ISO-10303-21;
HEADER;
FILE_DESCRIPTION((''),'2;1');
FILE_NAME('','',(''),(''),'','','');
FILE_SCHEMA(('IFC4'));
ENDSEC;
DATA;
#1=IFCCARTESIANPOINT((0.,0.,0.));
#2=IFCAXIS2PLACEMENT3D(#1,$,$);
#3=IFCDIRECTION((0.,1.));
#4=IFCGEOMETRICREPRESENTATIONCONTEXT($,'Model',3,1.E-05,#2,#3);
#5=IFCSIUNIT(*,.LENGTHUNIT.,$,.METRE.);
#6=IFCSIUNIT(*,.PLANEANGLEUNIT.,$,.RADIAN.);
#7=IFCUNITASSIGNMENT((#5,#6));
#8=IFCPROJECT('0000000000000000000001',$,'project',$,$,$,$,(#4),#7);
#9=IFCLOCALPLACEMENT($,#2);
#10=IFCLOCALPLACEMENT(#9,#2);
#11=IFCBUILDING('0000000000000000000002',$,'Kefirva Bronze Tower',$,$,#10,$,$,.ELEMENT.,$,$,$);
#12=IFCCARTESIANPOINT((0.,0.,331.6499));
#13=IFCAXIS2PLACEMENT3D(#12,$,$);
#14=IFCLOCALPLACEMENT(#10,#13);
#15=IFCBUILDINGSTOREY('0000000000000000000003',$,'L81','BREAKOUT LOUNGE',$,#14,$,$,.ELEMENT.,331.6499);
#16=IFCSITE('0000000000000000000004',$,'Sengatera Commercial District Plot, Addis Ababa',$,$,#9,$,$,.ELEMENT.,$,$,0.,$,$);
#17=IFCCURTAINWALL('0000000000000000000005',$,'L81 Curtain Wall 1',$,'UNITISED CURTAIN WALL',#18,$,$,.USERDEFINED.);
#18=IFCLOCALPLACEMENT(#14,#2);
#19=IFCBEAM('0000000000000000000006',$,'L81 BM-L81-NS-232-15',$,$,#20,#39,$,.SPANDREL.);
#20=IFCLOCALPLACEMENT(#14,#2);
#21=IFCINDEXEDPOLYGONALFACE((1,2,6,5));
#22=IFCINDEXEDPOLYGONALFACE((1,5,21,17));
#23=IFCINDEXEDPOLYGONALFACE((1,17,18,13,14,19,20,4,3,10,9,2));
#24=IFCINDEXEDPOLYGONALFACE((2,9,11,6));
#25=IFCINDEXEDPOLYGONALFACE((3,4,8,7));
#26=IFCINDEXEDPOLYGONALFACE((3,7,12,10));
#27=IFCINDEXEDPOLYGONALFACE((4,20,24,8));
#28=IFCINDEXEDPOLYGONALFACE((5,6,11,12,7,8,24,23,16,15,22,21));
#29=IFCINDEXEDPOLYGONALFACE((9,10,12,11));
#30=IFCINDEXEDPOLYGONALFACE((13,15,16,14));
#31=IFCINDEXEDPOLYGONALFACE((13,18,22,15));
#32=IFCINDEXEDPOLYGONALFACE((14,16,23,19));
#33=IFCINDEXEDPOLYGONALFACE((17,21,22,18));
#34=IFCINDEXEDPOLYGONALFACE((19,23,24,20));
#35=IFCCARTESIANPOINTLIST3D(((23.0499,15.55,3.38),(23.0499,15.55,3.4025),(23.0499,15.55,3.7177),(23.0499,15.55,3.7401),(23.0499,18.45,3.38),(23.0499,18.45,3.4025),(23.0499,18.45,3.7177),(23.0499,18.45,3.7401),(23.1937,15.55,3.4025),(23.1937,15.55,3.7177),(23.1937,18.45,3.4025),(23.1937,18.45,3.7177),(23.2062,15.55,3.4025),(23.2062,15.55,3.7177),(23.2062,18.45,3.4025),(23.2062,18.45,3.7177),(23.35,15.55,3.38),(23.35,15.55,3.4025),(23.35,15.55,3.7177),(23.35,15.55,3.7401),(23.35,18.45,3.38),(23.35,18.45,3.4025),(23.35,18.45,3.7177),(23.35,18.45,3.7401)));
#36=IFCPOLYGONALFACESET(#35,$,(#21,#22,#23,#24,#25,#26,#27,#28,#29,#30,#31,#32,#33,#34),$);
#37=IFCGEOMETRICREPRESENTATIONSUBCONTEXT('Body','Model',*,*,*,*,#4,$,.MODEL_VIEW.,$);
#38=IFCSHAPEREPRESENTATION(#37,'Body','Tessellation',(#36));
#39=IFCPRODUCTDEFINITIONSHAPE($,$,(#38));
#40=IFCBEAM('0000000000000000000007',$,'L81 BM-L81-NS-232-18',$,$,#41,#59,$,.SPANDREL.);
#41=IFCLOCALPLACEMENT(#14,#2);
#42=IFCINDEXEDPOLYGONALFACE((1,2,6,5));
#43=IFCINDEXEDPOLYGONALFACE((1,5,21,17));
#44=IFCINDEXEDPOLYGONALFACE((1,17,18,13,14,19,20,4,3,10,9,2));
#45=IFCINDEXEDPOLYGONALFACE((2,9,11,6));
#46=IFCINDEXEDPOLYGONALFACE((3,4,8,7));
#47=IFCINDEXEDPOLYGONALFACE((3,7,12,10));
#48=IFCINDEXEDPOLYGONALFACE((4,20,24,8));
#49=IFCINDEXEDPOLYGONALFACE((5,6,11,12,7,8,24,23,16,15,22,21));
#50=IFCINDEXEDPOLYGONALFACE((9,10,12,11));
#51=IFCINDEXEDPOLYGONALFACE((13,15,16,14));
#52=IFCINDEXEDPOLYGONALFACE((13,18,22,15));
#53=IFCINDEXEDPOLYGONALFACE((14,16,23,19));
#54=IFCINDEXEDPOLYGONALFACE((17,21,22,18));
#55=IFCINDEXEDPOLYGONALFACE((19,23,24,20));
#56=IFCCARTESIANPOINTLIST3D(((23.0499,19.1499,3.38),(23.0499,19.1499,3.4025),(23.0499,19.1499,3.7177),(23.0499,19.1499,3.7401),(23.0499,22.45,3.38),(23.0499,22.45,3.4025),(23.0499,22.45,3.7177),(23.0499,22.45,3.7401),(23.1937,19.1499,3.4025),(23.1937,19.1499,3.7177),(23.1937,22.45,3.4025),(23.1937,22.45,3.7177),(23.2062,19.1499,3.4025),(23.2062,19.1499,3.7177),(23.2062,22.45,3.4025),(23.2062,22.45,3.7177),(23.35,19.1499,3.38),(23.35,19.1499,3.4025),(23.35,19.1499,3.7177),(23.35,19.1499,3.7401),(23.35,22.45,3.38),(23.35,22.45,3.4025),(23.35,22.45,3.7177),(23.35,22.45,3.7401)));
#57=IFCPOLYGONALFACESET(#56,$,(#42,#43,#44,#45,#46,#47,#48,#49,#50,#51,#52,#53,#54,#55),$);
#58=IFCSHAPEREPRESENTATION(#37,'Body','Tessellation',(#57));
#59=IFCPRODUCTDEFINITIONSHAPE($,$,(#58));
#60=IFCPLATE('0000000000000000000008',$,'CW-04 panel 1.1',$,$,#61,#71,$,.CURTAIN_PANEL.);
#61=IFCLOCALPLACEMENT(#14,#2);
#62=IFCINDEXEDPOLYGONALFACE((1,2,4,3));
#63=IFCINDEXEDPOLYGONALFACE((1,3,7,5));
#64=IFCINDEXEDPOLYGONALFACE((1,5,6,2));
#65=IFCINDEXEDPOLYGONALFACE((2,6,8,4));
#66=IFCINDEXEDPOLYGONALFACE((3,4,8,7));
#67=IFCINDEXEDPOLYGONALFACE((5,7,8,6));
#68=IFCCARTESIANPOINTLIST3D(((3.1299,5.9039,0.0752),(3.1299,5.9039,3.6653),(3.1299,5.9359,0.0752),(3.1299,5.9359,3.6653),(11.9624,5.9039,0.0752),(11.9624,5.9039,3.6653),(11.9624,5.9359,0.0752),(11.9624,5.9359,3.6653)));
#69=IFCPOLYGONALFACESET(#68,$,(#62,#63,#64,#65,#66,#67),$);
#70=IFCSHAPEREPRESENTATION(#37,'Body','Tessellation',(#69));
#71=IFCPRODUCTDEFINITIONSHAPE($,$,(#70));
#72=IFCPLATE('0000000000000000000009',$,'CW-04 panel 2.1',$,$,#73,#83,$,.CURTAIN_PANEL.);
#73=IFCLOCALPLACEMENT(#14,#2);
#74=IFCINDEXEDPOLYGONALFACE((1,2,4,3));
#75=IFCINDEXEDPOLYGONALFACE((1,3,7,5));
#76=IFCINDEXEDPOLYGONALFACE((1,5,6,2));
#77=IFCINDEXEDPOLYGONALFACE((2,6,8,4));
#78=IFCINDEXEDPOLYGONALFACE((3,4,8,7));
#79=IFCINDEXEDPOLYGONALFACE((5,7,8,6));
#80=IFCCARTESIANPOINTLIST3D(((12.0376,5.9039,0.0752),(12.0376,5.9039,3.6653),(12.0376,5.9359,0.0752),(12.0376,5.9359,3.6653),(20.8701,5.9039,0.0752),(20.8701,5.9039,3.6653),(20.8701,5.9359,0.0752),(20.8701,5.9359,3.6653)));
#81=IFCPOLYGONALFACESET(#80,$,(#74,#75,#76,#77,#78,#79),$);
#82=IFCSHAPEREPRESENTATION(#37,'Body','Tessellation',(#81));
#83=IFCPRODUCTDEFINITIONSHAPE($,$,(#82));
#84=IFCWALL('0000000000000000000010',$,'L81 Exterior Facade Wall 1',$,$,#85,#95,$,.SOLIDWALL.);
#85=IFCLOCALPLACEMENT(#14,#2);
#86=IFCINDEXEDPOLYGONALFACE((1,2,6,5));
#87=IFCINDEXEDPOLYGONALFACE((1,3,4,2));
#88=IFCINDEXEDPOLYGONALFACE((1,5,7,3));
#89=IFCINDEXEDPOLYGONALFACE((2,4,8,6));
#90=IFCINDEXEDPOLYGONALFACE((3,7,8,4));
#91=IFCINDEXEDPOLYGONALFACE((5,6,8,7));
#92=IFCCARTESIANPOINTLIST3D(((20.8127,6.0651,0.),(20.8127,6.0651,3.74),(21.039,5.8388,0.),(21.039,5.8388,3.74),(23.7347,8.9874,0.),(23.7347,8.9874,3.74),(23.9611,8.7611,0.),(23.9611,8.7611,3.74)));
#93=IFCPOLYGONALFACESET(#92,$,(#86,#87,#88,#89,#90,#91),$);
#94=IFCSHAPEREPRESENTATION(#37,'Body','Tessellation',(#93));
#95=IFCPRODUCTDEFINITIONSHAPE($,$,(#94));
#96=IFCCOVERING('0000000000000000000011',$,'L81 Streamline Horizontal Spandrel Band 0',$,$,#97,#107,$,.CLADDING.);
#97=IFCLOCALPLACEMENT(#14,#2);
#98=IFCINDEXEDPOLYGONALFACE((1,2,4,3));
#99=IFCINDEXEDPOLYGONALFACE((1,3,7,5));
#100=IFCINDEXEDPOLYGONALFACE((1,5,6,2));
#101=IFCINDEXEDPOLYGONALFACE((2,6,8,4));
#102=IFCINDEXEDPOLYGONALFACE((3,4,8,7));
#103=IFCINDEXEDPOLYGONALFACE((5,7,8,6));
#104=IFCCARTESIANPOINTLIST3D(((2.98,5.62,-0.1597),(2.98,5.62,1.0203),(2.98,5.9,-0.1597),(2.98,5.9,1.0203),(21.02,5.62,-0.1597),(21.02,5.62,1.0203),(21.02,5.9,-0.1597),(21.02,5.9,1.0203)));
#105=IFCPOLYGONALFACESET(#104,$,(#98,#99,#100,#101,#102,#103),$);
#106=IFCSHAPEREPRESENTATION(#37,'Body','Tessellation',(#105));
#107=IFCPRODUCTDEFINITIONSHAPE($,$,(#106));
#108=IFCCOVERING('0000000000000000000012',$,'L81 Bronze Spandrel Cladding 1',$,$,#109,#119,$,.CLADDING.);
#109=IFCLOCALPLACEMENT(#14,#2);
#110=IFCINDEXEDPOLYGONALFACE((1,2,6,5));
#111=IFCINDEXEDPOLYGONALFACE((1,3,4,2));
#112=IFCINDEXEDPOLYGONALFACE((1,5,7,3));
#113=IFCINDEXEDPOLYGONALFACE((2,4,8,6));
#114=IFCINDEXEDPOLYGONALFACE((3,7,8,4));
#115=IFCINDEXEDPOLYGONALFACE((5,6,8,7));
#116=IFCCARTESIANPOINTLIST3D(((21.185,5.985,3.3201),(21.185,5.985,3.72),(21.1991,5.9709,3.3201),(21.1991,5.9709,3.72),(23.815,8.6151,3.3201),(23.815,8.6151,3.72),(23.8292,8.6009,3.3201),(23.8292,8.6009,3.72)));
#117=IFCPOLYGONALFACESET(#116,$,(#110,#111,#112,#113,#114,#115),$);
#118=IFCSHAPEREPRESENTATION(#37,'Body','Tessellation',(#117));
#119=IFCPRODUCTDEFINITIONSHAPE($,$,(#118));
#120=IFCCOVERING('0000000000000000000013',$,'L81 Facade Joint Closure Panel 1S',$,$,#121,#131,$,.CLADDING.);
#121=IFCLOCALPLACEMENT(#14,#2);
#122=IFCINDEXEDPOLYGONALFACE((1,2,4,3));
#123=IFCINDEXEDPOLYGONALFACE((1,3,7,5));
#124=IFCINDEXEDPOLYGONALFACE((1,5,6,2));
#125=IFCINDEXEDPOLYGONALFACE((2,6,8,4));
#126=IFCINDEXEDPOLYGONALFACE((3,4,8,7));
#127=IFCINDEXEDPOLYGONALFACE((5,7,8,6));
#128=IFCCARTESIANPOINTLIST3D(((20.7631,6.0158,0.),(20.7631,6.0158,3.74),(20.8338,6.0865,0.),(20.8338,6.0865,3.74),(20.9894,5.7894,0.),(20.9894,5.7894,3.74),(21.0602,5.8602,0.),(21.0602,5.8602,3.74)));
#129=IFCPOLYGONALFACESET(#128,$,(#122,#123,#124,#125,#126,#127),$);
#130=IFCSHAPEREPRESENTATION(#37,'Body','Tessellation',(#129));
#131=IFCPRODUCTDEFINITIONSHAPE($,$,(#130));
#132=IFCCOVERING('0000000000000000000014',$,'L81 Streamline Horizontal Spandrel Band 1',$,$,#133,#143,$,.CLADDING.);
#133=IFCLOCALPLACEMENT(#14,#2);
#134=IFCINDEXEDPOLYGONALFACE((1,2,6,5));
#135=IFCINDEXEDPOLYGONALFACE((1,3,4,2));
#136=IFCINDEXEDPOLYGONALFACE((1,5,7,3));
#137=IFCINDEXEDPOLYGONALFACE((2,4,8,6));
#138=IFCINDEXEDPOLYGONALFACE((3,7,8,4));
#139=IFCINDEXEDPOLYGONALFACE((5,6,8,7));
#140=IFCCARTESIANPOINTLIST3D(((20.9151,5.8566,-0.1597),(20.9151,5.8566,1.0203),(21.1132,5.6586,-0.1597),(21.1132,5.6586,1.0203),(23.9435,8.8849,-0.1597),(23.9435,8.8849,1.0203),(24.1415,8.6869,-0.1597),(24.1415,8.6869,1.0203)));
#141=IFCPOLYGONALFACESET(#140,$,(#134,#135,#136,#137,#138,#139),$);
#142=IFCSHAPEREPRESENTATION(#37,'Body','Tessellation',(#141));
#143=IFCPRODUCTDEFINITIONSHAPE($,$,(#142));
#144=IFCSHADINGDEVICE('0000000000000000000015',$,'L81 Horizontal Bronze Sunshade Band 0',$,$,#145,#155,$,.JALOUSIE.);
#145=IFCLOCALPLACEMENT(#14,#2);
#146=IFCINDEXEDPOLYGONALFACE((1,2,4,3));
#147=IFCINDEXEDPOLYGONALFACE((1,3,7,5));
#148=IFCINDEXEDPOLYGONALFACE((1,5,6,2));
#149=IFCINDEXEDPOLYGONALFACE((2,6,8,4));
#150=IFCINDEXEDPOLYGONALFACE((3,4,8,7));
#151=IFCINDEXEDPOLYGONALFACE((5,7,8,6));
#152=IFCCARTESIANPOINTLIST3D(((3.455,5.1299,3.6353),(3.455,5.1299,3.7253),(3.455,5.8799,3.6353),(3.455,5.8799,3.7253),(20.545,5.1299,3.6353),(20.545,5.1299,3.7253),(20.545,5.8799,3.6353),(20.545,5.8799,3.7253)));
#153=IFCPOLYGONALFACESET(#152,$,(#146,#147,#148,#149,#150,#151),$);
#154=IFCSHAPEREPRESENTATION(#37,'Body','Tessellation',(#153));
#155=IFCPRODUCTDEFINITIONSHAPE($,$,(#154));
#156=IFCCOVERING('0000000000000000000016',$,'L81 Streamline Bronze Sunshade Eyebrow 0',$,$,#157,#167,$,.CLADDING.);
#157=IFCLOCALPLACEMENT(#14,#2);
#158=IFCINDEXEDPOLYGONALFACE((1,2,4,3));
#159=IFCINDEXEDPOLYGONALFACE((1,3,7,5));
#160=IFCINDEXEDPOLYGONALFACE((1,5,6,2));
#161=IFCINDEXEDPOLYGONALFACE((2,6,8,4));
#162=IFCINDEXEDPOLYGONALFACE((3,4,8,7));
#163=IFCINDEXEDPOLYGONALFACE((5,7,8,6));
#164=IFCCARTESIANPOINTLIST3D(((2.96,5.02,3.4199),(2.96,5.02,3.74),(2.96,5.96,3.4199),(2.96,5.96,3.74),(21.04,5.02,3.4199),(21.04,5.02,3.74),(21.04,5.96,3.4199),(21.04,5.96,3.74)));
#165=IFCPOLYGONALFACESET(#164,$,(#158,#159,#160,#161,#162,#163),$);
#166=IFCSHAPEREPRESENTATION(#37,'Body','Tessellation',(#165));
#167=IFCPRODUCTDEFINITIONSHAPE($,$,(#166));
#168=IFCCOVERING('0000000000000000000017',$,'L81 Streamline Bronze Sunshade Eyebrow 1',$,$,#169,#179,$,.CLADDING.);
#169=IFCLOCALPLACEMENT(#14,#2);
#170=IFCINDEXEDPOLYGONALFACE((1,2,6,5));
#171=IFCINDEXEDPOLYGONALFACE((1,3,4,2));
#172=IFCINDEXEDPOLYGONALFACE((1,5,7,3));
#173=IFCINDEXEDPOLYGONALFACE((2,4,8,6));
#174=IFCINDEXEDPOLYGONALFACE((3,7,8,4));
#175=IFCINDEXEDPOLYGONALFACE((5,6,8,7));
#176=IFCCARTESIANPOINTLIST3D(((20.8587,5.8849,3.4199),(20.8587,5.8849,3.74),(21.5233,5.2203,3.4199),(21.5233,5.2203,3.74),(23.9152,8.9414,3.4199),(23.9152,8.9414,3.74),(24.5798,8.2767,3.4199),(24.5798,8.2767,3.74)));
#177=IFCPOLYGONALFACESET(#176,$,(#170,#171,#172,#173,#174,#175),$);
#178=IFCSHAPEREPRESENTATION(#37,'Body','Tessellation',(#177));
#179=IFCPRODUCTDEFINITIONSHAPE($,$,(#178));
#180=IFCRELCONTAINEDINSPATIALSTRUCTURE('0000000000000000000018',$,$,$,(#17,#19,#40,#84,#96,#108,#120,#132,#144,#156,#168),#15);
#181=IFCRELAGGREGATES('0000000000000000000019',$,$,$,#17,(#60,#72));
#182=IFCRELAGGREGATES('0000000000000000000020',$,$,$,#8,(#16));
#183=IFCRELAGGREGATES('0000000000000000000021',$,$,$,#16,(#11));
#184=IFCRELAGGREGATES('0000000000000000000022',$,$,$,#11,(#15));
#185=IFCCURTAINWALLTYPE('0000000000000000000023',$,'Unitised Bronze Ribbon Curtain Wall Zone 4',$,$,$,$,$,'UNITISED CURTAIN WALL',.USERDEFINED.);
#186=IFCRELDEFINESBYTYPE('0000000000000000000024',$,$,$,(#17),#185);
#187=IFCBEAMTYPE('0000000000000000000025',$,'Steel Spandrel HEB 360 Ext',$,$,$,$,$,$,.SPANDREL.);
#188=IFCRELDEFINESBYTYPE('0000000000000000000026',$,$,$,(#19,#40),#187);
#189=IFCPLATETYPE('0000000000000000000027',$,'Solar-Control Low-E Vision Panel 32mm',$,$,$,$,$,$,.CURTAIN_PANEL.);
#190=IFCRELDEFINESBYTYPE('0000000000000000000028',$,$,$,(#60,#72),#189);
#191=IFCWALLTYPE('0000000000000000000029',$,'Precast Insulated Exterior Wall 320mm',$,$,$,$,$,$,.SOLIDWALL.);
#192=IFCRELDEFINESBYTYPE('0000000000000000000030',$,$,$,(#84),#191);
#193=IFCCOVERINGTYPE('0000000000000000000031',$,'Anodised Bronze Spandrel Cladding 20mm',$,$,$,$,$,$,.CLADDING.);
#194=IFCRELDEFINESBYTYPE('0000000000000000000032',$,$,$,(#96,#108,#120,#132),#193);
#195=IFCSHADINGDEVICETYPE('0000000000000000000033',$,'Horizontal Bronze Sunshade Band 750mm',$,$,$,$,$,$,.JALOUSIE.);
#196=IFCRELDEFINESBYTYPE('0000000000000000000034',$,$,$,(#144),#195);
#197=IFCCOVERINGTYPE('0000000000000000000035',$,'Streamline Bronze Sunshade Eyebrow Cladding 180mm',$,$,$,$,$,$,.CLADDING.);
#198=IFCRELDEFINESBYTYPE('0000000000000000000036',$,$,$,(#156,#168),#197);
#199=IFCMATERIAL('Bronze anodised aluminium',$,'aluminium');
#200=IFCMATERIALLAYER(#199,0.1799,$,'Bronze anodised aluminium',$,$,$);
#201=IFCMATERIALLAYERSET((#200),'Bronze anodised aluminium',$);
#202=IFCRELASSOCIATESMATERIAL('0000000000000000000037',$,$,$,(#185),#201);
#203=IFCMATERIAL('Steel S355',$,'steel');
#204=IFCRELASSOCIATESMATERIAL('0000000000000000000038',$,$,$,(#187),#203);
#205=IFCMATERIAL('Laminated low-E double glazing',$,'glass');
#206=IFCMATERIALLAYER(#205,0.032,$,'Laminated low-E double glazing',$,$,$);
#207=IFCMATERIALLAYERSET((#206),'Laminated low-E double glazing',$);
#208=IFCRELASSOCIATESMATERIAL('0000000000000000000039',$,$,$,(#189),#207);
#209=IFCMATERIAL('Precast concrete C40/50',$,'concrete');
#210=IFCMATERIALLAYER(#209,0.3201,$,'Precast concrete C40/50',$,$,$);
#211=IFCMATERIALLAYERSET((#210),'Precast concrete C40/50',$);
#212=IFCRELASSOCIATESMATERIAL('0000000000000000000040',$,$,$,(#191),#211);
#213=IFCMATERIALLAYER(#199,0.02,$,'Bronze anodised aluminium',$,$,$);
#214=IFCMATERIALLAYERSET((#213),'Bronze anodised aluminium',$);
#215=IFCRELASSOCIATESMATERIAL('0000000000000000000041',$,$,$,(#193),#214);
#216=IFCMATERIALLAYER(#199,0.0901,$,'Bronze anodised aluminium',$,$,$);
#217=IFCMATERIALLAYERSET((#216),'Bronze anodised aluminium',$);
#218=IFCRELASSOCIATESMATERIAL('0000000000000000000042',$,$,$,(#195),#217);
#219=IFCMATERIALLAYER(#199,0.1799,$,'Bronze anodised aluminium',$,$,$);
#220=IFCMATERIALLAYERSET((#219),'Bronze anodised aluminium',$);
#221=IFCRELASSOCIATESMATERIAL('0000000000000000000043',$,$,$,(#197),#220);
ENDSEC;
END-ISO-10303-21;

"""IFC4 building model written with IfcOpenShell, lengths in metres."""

from ifc_helpers import new_model, si_unit, direction, frame, frame_2d, origin, origin_2d, place, context, subcontext, project, spatial, rectangle, i_section, extrude, material, layer, layer_set, material_profile, profile_set, type_object, element, aggregate, save


model = new_model("IFC4")

# Units and contexts
model_context = context("Model", 3, precision=1e-05, world=origin(), true_north=direction((0.0, 1.0)))
body_context = subcontext(model_context, "Body", "Model", "MODEL_VIEW")
ifc_project = project(units=[si_unit("LENGTHUNIT", "METRE"), si_unit("PLANEANGLEUNIT", "RADIAN")], contexts=[model_context])

# Site, building, storey
site_placement = place(None, origin())
site = spatial("IfcSite", under=ifc_project, at=site_placement, Name="Sengatera Commercial District Plot, Addis Ababa", CompositionType="ELEMENT", RefElevation=0.0)
building_placement = place(site_placement, origin())
building = spatial("IfcBuilding", under=site, at=building_placement, Name="Kefirva Bronze Tower", CompositionType="ELEMENT")
storey_placement = place(building_placement, frame((0.0, 0.0, 331.6499)))
storey = spatial("IfcBuildingStorey", under=building, at=storey_placement, Name="L81", Description="BREAKOUT LOUNGE", CompositionType="ELEMENT", Elevation=331.6499)

# Curtain wall
ifc_material_1 = material(Name="Bronze anodised aluminium", Category="aluminium")
ifc_layer_1 = layer(ifc_material_1, 0.1799, Name="Bronze anodised aluminium")
ifc_layer_set_1 = layer_set([ifc_layer_1], Name="Bronze anodised aluminium")
curtain_wall_type = type_object("IfcCurtainWallType", Name="Unitised Bronze Ribbon Curtain Wall Zone 4", ElementType="UNITISED CURTAIN WALL", PredefinedType="USERDEFINED", material=ifc_layer_set_1)
curtain_wall_placement = place(storey_placement, origin())
curtain_wall = element("IfcCurtainWall", 1, at=curtain_wall_placement, inside=storey, type_object=curtain_wall_type, Name="L81 Curtain Wall 1", ObjectType="UNITISED CURTAIN WALL", PredefinedType="USERDEFINED")

# Beams
ifc_material_2 = material(Name="Steel S355", Category="steel")
ifc_material_profile_1 = material_profile(ifc_material_2, i_section(OverallWidth=0.3, OverallDepth=0.3601, WebThickness=0.0125, FlangeThickness=0.0225, at=origin_2d()), Name="HEB 360")
ifc_profile_set_1 = profile_set([ifc_material_profile_1], Name="Steel S355")
beam_type_1 = type_object("IfcBeamType", Name="Steel Spandrel HEB 360 Ext", PredefinedType="SPANDREL", material=ifc_profile_set_1)
beam_1_placement = place(storey_placement, frame((23.2, 15.55, 3.5601), z_axis=(0.0, 1.0, 0.0), x_axis=(-1.0, 0.0, 0.0)))
element("IfcBeam", 2, at=beam_1_placement, inside=storey, type_object=beam_type_1, Name="L81 BM-L81-NS-232-15", PredefinedType="SPANDREL", context=body_context, shape_type="SweptSolid", body=[
    extrude(i_section(OverallWidth=0.3, OverallDepth=0.3601, WebThickness=0.0125, FlangeThickness=0.0225, at=origin_2d()), origin(), (0.0, 0.0, 1.0), 2.8999),
])
beam_2_placement = place(storey_placement, frame((23.2, 19.1499, 3.5601), z_axis=(0.0, 1.0, 0.0), x_axis=(-1.0, 0.0, 0.0)))
element("IfcBeam", 3, at=beam_2_placement, inside=storey, type_object=beam_type_1, Name="L81 BM-L81-NS-232-18", PredefinedType="SPANDREL", context=body_context, shape_type="SweptSolid", body=[
    extrude(i_section(OverallWidth=0.3, OverallDepth=0.3601, WebThickness=0.0125, FlangeThickness=0.0225, at=origin_2d()), origin(), (0.0, 0.0, 1.0), 3.3),
])

# Plates
ifc_material_3 = material(Name="Laminated low-E double glazing", Category="glass")
ifc_layer_2 = layer(ifc_material_3, 0.032, Name="Laminated low-E double glazing")
ifc_layer_set_2 = layer_set([ifc_layer_2], Name="Laminated low-E double glazing")
plate_type = type_object("IfcPlateType", Name="Solar-Control Low-E Vision Panel 32mm", PredefinedType="CURTAIN_PANEL", material=ifc_layer_set_2)
plate_1_placement = place(storey_placement, frame((7.5461, 5.9199, 0.0752), z_axis=(0.0, 0.0, 1.0), x_axis=(1.0, 0.0, 0.0)))
plate_1 = element("IfcPlate", 4, at=plate_1_placement, type_object=plate_type, Name="CW-04 panel 1.1", PredefinedType="CURTAIN_PANEL", context=body_context, shape_type="SweptSolid", body=[
    extrude(rectangle(XDim=8.8325, YDim=0.032, at=origin_2d()), origin(), (0.0, 0.0, 1.0), 3.5901),
])
plate_2_placement = place(storey_placement, frame((16.4539, 5.9199, 0.0752), z_axis=(0.0, 0.0, 1.0), x_axis=(1.0, 0.0, 0.0)))
plate_2 = element("IfcPlate", 5, at=plate_2_placement, type_object=plate_type, Name="CW-04 panel 2.1", PredefinedType="CURTAIN_PANEL", context=body_context, shape_type="SweptSolid", body=[
    extrude(rectangle(XDim=8.8325, YDim=0.032, at=origin_2d()), origin(), (0.0, 0.0, 1.0), 3.5901),
])
aggregate(curtain_wall, [plate_1, plate_2])

# Wall
ifc_material_4 = material(Name="Precast concrete C40/50", Category="concrete")
ifc_layer_3 = layer(ifc_material_4, 0.3201, Name="Precast concrete C40/50")
ifc_layer_set_3 = layer_set([ifc_layer_3], Name="Precast concrete C40/50")
wall_type = type_object("IfcWallType", Name="Precast Insulated Exterior Wall 320mm", PredefinedType="SOLIDWALL", material=ifc_layer_set_3)
wall_placement = place(storey_placement, frame((20.9258, 5.9519, 0.0), z_axis=(0.0, 0.0, 1.0), x_axis=(0.707077, 0.707136, 0.0)))
element("IfcWall", 6, at=wall_placement, inside=storey, type_object=wall_type, Name="L81 Exterior Facade Wall 1", PredefinedType="SOLIDWALL", context=body_context, shape_type="SweptSolid", body=[
    extrude(rectangle(XDim=4.1326, YDim=0.3201, at=frame_2d((2.0664, 0.0))), origin(), (0.0, 0.0, 1.0), 3.74),
])

# Coverings
ifc_layer_4 = layer(ifc_material_1, 0.02, Name="Bronze anodised aluminium")
ifc_layer_set_4 = layer_set([ifc_layer_4], Name="Bronze anodised aluminium")
covering_type_1 = type_object("IfcCoveringType", Name="Anodised Bronze Spandrel Cladding 20mm", PredefinedType="CLADDING", material=ifc_layer_set_4)
covering_1_placement = place(storey_placement, frame((12.0, 5.76, -0.1597), z_axis=(0.0, 0.0, 1.0), x_axis=(1.0, 0.0, 0.0)))
element("IfcCovering", 7, at=covering_1_placement, inside=storey, type_object=covering_type_1, Name="L81 Streamline Horizontal Spandrel Band 0", PredefinedType="CLADDING", context=body_context, shape_type="SweptSolid", body=[
    extrude(rectangle(XDim=18.04, YDim=0.28, at=origin_2d()), origin(), (0.0, 0.0, 1.0), 1.1799),
])
covering_2_placement = place(storey_placement, frame((22.5071, 7.293, 3.3201), z_axis=(0.0, 0.0, 1.0), x_axis=(0.707107, 0.707107, 0.0)))
element("IfcCovering", 8, at=covering_2_placement, inside=storey, type_object=covering_type_1, Name="L81 Bronze Spandrel Cladding 1", PredefinedType="CLADDING", context=body_context, shape_type="SweptSolid", body=[
    extrude(rectangle(XDim=3.7195, YDim=0.02, at=origin_2d()), origin(), (0.0, 0.0, 1.0), 0.3999),
])
covering_3_placement = place(storey_placement, frame((20.9116, 5.938, 0.0), z_axis=(0.0, 0.0, 1.0), x_axis=(0.707107, 0.707107, 0.0)))
element("IfcCovering", 9, at=covering_3_placement, inside=storey, type_object=covering_type_1, Name="L81 Facade Joint Closure Panel 1S", PredefinedType="CLADDING", context=body_context, shape_type="SweptSolid", body=[
    extrude(rectangle(XDim=0.1001, YDim=0.3201, at=origin_2d()), origin(), (0.0, 0.0, 1.0), 3.74),
])
covering_4_placement = place(storey_placement, frame((22.5283, 7.2717, -0.1597), z_axis=(0.0, 0.0, 1.0), x_axis=(0.707107, 0.707107, 0.0)))
element("IfcCovering", 10, at=covering_4_placement, inside=storey, type_object=covering_type_1, Name="L81 Streamline Horizontal Spandrel Band 1", PredefinedType="CLADDING", context=body_context, shape_type="SweptSolid", body=[
    extrude(rectangle(XDim=4.2827, YDim=0.28, at=origin_2d()), origin(), (0.0, 0.0, 1.0), 1.1799),
])

# Shading device
ifc_layer_5 = layer(ifc_material_1, 0.0901, Name="Bronze anodised aluminium")
ifc_layer_set_5 = layer_set([ifc_layer_5], Name="Bronze anodised aluminium")
shading_device_type = type_object("IfcShadingDeviceType", Name="Horizontal Bronze Sunshade Band 750mm", PredefinedType="JALOUSIE", material=ifc_layer_set_5)
shading_device_placement = place(storey_placement, frame((12.0, 5.5049, 3.6353), z_axis=(0.0, 0.0, 1.0), x_axis=(1.0, 0.0, 0.0)))
element("IfcShadingDevice", 11, at=shading_device_placement, inside=storey, type_object=shading_device_type, Name="L81 Horizontal Bronze Sunshade Band 0", PredefinedType="JALOUSIE", context=body_context, shape_type="SweptSolid", body=[
    extrude(rectangle(XDim=17.0901, YDim=0.75, at=origin_2d()), origin(), (0.0, 0.0, 1.0), 0.0901),
])

# Coverings
ifc_layer_6 = layer(ifc_material_1, 0.1799, Name="Bronze anodised aluminium")
ifc_layer_set_6 = layer_set([ifc_layer_6], Name="Bronze anodised aluminium")
covering_type_2 = type_object("IfcCoveringType", Name="Streamline Bronze Sunshade Eyebrow Cladding 180mm", PredefinedType="CLADDING", material=ifc_layer_set_6)
covering_5_placement = place(storey_placement, frame((12.0, 5.49, 3.4199), z_axis=(0.0, 0.0, 1.0), x_axis=(1.0, 0.0, 0.0)))
element("IfcCovering", 12, at=covering_5_placement, inside=storey, type_object=covering_type_2, Name="L81 Streamline Bronze Sunshade Eyebrow 0", PredefinedType="CLADDING", context=body_context, shape_type="SweptSolid", body=[
    extrude(rectangle(XDim=18.0801, YDim=0.9399, at=origin_2d()), origin(), (0.0, 0.0, 1.0), 0.3201),
])
covering_6_placement = place(storey_placement, frame((22.7192, 7.0808, 3.4199), z_axis=(0.0, 0.0, 1.0), x_axis=(0.707107, 0.707107, 0.0)))
element("IfcCovering", 13, at=covering_6_placement, inside=storey, type_object=covering_type_2, Name="L81 Streamline Bronze Sunshade Eyebrow 1", PredefinedType="CLADDING", context=body_context, shape_type="SweptSolid", body=[
    extrude(rectangle(XDim=4.3225, YDim=0.9399, at=origin_2d()), origin(), (0.0, 0.0, 1.0), 0.3201),
])

save(model, "model.ifc")
